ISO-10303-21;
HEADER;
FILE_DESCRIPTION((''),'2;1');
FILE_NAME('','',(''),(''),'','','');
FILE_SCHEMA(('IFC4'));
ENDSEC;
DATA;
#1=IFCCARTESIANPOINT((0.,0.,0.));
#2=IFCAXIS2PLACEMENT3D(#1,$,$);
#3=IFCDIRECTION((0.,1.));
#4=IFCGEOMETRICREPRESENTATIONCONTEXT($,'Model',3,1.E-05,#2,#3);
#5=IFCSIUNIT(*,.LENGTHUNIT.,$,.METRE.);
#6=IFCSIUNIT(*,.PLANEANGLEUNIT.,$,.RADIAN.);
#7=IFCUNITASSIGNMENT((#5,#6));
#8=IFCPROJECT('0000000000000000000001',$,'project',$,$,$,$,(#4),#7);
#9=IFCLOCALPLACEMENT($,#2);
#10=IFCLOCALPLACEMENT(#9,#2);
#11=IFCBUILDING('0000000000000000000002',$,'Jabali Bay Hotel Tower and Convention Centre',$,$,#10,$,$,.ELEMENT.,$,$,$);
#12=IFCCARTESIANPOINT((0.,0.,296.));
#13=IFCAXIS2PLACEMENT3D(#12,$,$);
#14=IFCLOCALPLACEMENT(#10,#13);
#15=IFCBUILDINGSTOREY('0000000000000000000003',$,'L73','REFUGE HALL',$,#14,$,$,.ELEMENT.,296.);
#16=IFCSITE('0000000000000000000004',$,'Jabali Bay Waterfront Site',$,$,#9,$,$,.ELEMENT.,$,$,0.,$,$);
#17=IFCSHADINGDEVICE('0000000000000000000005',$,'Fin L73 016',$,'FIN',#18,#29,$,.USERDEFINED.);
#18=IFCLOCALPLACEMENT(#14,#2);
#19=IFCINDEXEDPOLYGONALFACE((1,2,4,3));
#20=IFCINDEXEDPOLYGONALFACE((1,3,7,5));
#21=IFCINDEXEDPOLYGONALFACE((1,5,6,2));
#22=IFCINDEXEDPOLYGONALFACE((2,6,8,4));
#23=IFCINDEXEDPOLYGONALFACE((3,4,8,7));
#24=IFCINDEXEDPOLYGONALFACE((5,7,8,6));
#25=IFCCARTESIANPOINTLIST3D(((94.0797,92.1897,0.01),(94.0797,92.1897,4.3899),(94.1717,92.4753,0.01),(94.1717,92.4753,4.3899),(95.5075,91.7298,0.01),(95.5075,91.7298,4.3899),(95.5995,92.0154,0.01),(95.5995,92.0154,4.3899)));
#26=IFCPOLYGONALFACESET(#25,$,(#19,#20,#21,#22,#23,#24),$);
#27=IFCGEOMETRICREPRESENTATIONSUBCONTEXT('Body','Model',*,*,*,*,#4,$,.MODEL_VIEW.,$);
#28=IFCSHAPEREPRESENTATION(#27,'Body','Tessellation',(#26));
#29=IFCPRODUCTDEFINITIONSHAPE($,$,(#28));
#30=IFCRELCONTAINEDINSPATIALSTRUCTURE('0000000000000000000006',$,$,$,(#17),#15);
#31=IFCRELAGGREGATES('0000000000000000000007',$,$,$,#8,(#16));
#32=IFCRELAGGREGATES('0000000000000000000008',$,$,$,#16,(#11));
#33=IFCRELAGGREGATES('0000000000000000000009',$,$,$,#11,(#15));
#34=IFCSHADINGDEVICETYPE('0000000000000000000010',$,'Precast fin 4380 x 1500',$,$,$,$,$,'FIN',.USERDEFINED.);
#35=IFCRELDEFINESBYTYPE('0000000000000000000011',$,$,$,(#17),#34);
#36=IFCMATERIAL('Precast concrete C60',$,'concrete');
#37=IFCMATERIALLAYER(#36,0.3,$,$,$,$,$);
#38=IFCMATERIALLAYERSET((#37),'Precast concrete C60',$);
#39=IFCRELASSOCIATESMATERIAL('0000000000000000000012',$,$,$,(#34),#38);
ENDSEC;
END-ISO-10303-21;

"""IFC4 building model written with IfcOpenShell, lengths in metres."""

from ifc_helpers import new_model, si_unit, direction, frame, frame_2d, origin, place, context, subcontext, project, spatial, rectangle, extrude, material, layer, layer_set, type_object, element, save


model = new_model("IFC4")

# Units and contexts
model_context = context("Model", 3, precision=1e-05, world=origin(), true_north=direction((0.0, 1.0)))
body_context = subcontext(model_context, "Body", "Model", "MODEL_VIEW")
ifc_project = project(units=[si_unit("LENGTHUNIT", "METRE"), si_unit("PLANEANGLEUNIT", "RADIAN")], contexts=[model_context])

# Site, building, storey
site_placement = place(None, origin())
site = spatial("IfcSite", under=ifc_project, at=site_placement, Name="Jabali Bay Waterfront Site", CompositionType="ELEMENT", RefElevation=0.0)
building_placement = place(site_placement, origin())
building = spatial("IfcBuilding", under=site, at=building_placement, Name="Jabali Bay Hotel Tower and Convention Centre", CompositionType="ELEMENT")
storey_placement = place(building_placement, frame((0.0, 0.0, 296.0)))
storey = spatial("IfcBuildingStorey", under=building, at=storey_placement, Name="L73", Description="REFUGE HALL", CompositionType="ELEMENT", Elevation=296.0)

# Shading device
ifc_material_1 = material(Name="Precast concrete C60", Category="concrete")
ifc_layer_1 = layer(ifc_material_1, 0.3)
ifc_layer_set_1 = layer_set([ifc_layer_1], Name="Precast concrete C60")
shading_device_type = type_object("IfcShadingDeviceType", Name="Precast fin 4380 x 1500", ElementType="FIN", PredefinedType="USERDEFINED", material=ifc_layer_set_1)
for number, where, z_axis, x_axis, name in (
    (1, (94.1257, 92.3325, 0.01), (0.0, 0.0, 1.0), (0.951825, -0.306641, 0.0), "Fin L73 016"),
):
    element("IfcShadingDevice", number, at=place(storey_placement, frame(where, z_axis=z_axis, x_axis=x_axis)), inside=storey, type_object=shading_device_type, Name=name, ObjectType="FIN", PredefinedType="USERDEFINED", context=body_context, shape_type="SweptSolid", body=[
        extrude(rectangle(XDim=1.5, YDim=0.3, at=frame_2d((0.75, 0.0))), origin(), (0.0, 0.0, 1.0), 4.3799),
    ])

save(model, "model.ifc")
